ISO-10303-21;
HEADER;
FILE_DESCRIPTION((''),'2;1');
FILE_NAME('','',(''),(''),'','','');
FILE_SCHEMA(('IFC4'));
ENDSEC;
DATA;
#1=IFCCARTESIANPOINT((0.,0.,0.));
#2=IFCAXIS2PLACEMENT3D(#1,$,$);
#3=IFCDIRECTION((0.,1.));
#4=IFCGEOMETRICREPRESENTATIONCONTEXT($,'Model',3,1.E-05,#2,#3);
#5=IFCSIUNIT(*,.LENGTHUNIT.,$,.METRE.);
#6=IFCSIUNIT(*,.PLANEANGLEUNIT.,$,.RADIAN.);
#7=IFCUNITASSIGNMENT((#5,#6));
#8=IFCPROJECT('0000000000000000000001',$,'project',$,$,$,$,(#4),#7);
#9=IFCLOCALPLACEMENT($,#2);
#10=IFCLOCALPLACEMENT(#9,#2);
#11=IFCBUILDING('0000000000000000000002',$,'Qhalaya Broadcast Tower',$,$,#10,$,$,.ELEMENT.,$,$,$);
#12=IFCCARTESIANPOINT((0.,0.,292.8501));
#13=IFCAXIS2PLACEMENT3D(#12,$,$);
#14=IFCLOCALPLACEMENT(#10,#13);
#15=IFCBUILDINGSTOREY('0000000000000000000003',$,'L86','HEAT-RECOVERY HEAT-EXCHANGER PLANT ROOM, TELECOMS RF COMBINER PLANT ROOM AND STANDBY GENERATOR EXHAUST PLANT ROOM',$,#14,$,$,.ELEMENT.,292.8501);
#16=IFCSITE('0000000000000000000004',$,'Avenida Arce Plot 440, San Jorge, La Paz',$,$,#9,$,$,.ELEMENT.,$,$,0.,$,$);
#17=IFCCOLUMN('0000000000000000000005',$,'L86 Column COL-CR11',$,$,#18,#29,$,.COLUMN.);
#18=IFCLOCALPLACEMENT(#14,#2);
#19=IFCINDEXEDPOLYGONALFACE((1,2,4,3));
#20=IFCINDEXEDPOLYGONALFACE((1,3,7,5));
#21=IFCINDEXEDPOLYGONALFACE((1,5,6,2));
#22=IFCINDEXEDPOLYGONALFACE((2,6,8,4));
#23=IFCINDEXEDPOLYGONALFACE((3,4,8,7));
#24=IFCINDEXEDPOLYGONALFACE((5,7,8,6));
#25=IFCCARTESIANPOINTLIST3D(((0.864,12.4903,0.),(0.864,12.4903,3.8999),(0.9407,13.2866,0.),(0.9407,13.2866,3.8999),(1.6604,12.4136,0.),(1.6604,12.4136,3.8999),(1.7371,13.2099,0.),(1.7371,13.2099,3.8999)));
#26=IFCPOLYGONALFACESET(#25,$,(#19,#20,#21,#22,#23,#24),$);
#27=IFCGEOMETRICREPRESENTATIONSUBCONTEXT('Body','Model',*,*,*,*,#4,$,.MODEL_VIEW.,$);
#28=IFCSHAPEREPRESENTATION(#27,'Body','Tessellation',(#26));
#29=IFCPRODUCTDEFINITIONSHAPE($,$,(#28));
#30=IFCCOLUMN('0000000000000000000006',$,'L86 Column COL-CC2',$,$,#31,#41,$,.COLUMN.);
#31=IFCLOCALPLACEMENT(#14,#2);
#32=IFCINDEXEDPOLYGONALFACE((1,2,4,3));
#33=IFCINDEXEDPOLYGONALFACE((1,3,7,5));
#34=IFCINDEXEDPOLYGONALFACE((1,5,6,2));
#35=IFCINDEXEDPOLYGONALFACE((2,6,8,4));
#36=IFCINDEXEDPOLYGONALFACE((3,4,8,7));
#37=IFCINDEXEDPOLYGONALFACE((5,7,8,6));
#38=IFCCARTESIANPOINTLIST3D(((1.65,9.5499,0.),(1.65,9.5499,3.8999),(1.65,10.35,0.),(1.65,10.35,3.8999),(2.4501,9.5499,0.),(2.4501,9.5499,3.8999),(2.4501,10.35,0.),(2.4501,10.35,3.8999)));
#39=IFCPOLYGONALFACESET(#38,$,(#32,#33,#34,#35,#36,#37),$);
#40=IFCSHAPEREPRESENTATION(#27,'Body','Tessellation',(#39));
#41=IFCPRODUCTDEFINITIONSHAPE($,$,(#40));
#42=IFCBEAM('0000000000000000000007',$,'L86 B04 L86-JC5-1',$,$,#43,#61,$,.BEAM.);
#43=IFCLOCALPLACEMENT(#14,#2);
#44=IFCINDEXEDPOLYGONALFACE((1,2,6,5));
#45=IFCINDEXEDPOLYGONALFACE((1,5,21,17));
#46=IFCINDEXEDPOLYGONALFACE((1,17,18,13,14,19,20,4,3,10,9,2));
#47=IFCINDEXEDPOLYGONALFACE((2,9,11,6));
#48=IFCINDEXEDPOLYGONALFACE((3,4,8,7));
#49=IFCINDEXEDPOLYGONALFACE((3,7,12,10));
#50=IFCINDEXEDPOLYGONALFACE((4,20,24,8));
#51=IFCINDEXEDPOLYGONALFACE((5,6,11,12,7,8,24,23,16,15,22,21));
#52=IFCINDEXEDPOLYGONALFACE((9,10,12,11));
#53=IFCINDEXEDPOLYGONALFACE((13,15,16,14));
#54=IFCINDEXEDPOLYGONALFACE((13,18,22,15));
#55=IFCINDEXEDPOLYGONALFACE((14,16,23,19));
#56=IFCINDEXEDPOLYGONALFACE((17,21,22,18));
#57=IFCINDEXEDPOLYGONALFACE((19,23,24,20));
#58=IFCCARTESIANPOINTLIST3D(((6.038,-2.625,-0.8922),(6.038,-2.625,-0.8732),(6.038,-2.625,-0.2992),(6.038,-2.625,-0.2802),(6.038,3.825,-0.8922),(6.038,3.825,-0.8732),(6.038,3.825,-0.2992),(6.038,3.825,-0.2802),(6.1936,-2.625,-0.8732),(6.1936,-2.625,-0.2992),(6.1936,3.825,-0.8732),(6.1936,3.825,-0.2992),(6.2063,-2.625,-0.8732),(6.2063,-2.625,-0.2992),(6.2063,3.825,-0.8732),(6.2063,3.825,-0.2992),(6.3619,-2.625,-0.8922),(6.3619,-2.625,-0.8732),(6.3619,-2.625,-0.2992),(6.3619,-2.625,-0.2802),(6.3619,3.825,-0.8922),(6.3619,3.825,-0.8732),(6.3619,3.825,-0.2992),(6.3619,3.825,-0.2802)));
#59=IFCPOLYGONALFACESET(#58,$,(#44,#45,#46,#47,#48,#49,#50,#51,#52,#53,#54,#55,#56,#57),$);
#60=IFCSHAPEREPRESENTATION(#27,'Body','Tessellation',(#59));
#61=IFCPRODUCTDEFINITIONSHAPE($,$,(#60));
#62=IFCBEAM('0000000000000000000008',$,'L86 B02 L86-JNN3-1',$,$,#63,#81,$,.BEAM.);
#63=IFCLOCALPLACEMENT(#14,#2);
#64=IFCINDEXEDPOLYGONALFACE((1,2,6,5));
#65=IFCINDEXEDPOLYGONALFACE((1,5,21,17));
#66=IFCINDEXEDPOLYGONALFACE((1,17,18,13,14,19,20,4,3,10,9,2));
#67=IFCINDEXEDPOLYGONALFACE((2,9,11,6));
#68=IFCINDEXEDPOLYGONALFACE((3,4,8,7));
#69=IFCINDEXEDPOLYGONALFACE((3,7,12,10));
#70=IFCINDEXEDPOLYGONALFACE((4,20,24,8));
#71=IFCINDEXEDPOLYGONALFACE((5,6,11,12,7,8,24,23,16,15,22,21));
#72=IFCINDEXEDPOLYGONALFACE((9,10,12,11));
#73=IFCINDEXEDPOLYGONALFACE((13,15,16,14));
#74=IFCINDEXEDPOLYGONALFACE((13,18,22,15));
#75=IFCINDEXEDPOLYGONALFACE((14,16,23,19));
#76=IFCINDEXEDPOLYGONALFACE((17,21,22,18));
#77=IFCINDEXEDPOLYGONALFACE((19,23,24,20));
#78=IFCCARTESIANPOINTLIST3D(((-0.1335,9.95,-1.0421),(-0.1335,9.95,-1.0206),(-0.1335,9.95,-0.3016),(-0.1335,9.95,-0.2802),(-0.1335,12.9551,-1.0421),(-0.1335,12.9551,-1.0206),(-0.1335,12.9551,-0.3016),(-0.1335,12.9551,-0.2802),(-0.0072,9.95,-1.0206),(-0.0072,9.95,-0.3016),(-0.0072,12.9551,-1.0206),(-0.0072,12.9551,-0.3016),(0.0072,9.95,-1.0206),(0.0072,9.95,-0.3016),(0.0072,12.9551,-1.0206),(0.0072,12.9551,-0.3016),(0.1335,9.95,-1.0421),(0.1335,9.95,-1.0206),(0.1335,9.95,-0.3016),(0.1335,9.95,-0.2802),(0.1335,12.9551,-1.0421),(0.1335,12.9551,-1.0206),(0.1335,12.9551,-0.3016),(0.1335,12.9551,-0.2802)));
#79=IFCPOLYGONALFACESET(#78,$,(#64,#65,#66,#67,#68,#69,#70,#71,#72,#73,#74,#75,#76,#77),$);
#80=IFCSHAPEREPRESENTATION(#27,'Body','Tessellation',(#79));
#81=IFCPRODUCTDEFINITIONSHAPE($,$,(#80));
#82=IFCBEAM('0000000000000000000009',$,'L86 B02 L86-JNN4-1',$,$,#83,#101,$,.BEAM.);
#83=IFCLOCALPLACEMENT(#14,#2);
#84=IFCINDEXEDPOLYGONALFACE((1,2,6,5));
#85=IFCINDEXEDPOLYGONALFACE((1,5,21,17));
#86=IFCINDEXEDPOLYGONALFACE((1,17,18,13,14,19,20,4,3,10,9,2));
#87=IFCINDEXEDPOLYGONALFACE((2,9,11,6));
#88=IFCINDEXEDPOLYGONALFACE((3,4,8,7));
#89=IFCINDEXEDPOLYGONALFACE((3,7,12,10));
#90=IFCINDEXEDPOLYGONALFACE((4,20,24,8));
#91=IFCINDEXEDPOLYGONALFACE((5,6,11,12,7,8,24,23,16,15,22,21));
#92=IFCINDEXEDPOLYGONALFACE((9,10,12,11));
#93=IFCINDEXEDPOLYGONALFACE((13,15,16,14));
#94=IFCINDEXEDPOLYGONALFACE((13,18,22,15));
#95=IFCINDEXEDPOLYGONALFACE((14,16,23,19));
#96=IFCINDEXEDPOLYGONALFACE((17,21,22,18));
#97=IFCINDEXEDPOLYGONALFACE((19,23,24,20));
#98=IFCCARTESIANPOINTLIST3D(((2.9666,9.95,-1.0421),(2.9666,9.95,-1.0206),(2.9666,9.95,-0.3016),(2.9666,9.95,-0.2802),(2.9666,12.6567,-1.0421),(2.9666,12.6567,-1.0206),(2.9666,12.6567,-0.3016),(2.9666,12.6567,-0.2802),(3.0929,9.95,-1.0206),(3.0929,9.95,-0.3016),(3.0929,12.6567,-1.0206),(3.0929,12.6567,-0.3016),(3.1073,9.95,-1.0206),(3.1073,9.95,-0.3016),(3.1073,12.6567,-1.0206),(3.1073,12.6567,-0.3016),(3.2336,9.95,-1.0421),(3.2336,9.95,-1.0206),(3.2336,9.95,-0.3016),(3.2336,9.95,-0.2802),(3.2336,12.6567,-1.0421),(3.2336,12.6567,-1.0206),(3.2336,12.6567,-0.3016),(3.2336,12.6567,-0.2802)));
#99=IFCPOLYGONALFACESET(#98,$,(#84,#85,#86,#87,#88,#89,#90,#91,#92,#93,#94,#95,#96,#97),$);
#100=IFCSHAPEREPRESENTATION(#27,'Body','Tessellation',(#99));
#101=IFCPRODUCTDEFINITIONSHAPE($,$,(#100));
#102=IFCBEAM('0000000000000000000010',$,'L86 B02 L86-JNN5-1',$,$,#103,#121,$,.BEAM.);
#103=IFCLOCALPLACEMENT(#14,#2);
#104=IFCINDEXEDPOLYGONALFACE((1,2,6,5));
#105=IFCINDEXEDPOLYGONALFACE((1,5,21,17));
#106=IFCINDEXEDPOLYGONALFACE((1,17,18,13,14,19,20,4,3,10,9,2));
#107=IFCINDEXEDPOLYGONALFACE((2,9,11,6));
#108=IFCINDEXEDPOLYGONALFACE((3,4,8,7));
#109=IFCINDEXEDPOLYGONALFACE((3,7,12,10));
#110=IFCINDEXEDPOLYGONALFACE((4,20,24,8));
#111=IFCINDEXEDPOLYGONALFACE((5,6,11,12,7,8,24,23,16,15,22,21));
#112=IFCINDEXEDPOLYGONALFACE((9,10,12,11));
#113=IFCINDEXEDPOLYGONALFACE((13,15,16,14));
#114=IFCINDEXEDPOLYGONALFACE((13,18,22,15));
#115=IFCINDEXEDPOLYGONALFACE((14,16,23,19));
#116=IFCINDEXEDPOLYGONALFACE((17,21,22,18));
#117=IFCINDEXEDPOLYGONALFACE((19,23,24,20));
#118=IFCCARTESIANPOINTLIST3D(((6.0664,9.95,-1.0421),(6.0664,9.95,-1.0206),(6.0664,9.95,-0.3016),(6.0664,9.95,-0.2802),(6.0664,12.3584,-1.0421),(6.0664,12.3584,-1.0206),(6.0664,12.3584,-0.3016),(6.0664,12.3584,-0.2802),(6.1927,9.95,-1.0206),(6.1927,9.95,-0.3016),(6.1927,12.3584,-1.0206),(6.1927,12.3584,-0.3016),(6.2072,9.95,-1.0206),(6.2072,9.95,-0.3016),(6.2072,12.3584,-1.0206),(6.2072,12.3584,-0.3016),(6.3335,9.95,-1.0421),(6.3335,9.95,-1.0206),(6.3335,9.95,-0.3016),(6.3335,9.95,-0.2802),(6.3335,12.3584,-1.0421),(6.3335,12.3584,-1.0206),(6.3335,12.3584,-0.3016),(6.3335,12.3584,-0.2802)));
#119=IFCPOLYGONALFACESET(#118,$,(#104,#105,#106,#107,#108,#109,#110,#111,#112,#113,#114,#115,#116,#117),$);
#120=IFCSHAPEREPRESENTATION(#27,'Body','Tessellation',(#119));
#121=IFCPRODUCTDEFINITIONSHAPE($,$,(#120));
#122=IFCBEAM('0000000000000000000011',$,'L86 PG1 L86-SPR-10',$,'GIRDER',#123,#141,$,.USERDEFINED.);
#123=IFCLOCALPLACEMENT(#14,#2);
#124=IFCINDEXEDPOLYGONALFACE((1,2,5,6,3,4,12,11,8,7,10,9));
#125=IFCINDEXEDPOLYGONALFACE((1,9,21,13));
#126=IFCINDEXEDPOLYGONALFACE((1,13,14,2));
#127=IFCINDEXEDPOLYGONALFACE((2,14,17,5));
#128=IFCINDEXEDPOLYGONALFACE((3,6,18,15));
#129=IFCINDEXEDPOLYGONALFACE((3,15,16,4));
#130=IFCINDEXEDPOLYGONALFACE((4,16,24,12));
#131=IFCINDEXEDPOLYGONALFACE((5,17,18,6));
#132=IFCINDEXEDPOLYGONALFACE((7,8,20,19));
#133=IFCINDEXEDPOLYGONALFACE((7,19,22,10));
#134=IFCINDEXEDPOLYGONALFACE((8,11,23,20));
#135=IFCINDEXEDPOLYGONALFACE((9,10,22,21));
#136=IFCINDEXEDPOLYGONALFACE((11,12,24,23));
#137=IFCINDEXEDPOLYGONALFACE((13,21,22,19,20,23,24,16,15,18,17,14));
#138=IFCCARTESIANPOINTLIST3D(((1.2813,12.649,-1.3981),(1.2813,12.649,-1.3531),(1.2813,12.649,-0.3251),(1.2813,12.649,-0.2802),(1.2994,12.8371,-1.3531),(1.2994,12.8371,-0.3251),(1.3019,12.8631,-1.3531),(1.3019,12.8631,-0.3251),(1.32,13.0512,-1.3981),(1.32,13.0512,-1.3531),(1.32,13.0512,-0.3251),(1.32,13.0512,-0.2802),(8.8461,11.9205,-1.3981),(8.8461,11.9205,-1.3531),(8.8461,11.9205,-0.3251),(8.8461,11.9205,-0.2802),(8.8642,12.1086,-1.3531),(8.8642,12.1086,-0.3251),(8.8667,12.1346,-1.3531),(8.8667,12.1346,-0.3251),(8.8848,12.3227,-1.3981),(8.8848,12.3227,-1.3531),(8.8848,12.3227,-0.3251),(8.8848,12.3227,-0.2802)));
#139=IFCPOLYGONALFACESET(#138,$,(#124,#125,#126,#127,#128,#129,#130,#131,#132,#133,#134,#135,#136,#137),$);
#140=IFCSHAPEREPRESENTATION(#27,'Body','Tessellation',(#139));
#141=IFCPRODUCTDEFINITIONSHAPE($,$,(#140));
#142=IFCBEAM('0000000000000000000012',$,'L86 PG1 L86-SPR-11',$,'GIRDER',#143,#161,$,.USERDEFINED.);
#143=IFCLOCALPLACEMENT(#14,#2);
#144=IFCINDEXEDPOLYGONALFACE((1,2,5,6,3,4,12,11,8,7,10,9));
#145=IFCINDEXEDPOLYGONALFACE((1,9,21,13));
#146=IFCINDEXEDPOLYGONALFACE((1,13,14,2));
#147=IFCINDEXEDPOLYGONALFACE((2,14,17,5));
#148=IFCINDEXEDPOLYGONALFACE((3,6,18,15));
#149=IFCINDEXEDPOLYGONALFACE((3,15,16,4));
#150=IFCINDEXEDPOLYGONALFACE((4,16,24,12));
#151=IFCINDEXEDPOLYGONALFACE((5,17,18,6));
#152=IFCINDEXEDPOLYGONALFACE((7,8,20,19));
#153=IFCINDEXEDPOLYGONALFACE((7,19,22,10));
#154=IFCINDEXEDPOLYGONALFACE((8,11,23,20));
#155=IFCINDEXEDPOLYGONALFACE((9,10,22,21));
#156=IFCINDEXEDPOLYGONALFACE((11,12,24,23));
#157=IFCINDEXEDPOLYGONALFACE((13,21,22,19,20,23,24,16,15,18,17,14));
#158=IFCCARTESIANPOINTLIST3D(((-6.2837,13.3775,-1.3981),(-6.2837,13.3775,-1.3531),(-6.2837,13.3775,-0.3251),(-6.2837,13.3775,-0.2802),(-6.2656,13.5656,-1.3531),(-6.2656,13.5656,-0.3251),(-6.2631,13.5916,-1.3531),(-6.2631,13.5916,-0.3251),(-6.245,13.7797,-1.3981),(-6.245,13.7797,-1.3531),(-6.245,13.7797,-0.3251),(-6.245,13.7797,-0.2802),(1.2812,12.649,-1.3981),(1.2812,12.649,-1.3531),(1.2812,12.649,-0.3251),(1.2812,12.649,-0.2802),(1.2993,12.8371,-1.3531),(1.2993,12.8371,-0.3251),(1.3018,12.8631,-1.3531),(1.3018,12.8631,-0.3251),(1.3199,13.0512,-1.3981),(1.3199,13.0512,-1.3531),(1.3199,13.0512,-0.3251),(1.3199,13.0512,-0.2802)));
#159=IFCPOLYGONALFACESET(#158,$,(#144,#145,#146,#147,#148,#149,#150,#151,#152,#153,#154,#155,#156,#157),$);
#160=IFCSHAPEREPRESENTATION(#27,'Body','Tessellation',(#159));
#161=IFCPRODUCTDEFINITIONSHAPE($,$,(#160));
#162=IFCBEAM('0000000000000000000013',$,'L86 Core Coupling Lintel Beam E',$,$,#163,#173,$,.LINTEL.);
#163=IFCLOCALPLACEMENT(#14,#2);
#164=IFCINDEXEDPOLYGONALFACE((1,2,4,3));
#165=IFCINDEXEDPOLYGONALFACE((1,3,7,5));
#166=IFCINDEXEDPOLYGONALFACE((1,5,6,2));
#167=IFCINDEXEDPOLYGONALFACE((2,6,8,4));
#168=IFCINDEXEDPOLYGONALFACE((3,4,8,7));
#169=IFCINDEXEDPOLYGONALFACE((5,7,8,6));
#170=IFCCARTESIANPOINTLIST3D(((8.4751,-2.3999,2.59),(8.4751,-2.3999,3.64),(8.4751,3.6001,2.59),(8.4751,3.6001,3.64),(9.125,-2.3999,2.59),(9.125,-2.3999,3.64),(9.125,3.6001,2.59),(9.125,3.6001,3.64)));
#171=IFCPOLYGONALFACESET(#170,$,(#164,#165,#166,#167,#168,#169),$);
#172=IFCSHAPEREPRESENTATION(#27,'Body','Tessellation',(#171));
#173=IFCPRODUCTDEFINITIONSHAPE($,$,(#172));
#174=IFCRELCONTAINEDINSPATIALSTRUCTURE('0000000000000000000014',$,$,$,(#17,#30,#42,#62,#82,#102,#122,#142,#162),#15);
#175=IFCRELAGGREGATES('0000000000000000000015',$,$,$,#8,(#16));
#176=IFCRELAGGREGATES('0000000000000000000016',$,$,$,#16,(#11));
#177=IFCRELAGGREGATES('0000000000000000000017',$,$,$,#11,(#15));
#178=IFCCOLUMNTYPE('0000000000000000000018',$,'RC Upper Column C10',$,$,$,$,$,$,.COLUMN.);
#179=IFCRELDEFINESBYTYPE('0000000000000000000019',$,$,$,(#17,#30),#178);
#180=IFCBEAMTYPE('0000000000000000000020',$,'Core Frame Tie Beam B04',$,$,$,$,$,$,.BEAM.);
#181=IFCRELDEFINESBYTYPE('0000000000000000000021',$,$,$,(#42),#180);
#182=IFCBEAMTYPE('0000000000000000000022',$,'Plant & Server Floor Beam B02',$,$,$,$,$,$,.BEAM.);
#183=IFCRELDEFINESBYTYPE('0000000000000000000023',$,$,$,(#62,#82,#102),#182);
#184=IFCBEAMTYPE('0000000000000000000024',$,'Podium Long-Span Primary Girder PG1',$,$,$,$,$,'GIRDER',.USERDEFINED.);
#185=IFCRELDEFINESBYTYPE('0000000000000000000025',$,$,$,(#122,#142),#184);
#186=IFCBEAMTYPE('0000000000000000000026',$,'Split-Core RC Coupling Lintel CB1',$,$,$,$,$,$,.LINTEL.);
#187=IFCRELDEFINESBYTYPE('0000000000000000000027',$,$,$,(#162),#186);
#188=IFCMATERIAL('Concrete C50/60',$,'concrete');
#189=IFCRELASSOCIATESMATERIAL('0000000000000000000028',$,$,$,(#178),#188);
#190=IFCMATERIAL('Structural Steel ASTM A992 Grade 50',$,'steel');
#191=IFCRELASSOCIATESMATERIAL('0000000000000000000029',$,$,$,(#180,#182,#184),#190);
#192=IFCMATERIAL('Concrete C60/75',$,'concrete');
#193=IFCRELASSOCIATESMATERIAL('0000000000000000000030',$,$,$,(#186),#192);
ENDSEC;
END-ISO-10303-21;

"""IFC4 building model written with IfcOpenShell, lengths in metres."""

from ifc_helpers import new_model, si_unit, direction, frame, origin, origin_2d, place, context, subcontext, project, spatial, rectangle, i_section, extrude, material, material_profile, profile_set, type_object, element, save


model = new_model("IFC4")

# Units and contexts
model_context = context("Model", 3, precision=1e-05, world=origin(), true_north=direction((0.0, 1.0)))
body_context = subcontext(model_context, "Body", "Model", "MODEL_VIEW")
ifc_project = project(units=[si_unit("LENGTHUNIT", "METRE"), si_unit("PLANEANGLEUNIT", "RADIAN")], contexts=[model_context])

# Site, building, storey
site_placement = place(None, origin())
site = spatial("IfcSite", under=ifc_project, at=site_placement, Name="Avenida Arce Plot 440, San Jorge, La Paz", CompositionType="ELEMENT", RefElevation=0.0)
building_placement = place(site_placement, origin())
building = spatial("IfcBuilding", under=site, at=building_placement, Name="Qhalaya Broadcast Tower", CompositionType="ELEMENT")
storey_placement = place(building_placement, frame((0.0, 0.0, 292.8501)))
storey = spatial("IfcBuildingStorey", under=building, at=storey_placement, Name="L86", Description="HEAT-RECOVERY HEAT-EXCHANGER PLANT ROOM, TELECOMS RF COMBINER PLANT ROOM AND STANDBY GENERATOR EXHAUST PLANT ROOM", CompositionType="ELEMENT", Elevation=292.8501)

# Columns
ifc_material_1 = material(Name="Concrete C50/60", Category="concrete")
ifc_material_profile_1 = material_profile(ifc_material_1, rectangle(XDim=0.8, YDim=0.8, at=origin_2d()), Name="RC-COL 800x800")
ifc_profile_set_1 = profile_set([ifc_material_profile_1], Name="Concrete C50/60")
column_type = type_object("IfcColumnType", Name="RC Upper Column C10", PredefinedType="COLUMN", material=ifc_profile_set_1)
for number, where, z_axis, x_axis, name in (
    (1, (1.3005, 12.8501, 0.0), (0.0, 0.0, 1.0), (0.995396, -0.095846, 0.0), "L86 Column COL-CR11"),
    (2, (2.05, 9.95, 0.0), (0.0, 0.0, 1.0), (1.0, 0.0, 0.0), "L86 Column COL-CC2"),
):
    element("IfcColumn", number, at=place(storey_placement, frame(where, z_axis=z_axis, x_axis=x_axis)), inside=storey, type_object=column_type, Name=name, PredefinedType="COLUMN", context=body_context, shape_type="SweptSolid", body=[
        extrude(rectangle(XDim=0.8, YDim=0.8, at=origin_2d()), origin(), (0.0, 0.0, 1.0), 3.8999),
    ])

# Beams
ifc_material_2 = material(Name="Structural Steel ASTM A992 Grade 50", Category="steel")
ifc_material_profile_2 = material_profile(ifc_material_2, i_section(OverallWidth=0.324, OverallDepth=0.6121, WebThickness=0.0127, FlangeThickness=0.019, at=origin_2d()), Name="W24X104")
ifc_profile_set_2 = profile_set([ifc_material_profile_2], Name="Structural Steel ASTM A992 Grade 50")
beam_type_1 = type_object("IfcBeamType", Name="Core Frame Tie Beam B04", PredefinedType="BEAM", material=ifc_profile_set_2)
beam_1_placement = place(storey_placement, frame((6.2, -2.625, -0.5862), z_axis=(0.0, 1.0, 0.0), x_axis=(-1.0, 0.0, 0.0)))
element("IfcBeam", 3, at=beam_1_placement, inside=storey, type_object=beam_type_1, Name="L86 B04 L86-JC5-1", PredefinedType="BEAM", context=body_context, shape_type="SweptSolid", body=[
    extrude(i_section(OverallWidth=0.324, OverallDepth=0.6121, WebThickness=0.0127, FlangeThickness=0.019, at=origin_2d()), origin(), (0.0, 0.0, 1.0), 6.45),
])
ifc_material_profile_3 = material_profile(ifc_material_2, i_section(OverallWidth=0.2671, OverallDepth=0.762, WebThickness=0.0144, FlangeThickness=0.0215, at=origin_2d()), Name="W30X116")
ifc_profile_set_3 = profile_set([ifc_material_profile_3], Name="Structural Steel ASTM A992 Grade 50")
beam_type_2 = type_object("IfcBeamType", Name="Plant & Server Floor Beam B02", PredefinedType="BEAM", material=ifc_profile_set_3)
beam_2_placement = place(storey_placement, frame((0.0, 9.95, -0.6611), z_axis=(0.0, 1.0, 0.0), x_axis=(-1.0, 0.0, 0.0)))
element("IfcBeam", 4, at=beam_2_placement, inside=storey, type_object=beam_type_2, Name="L86 B02 L86-JNN3-1", PredefinedType="BEAM", context=body_context, shape_type="SweptSolid", body=[
    extrude(i_section(OverallWidth=0.2671, OverallDepth=0.762, WebThickness=0.0144, FlangeThickness=0.0215, at=origin_2d()), origin(), (0.0, 0.0, 1.0), 3.0051),
])
beam_3_placement = place(storey_placement, frame((3.1001, 9.95, -0.6611), z_axis=(0.0, 1.0, 0.0), x_axis=(-1.0, 0.0, 0.0)))
element("IfcBeam", 5, at=beam_3_placement, inside=storey, type_object=beam_type_2, Name="L86 B02 L86-JNN4-1", PredefinedType="BEAM", context=body_context, shape_type="SweptSolid", body=[
    extrude(i_section(OverallWidth=0.2671, OverallDepth=0.762, WebThickness=0.0144, FlangeThickness=0.0215, at=origin_2d()), origin(), (0.0, 0.0, 1.0), 2.7068),
])
beam_4_placement = place(storey_placement, frame((6.2, 9.95, -0.6611), z_axis=(0.0, 1.0, 0.0), x_axis=(-1.0, 0.0, 0.0)))
element("IfcBeam", 6, at=beam_4_placement, inside=storey, type_object=beam_type_2, Name="L86 B02 L86-JNN5-1", PredefinedType="BEAM", context=body_context, shape_type="SweptSolid", body=[
    extrude(i_section(OverallWidth=0.2671, OverallDepth=0.762, WebThickness=0.0144, FlangeThickness=0.0215, at=origin_2d()), origin(), (0.0, 0.0, 1.0), 2.4084),
])
ifc_material_profile_4 = material_profile(ifc_material_2, i_section(OverallWidth=0.4041, OverallDepth=1.1179, WebThickness=0.0261, FlangeThickness=0.0449, at=origin_2d()), Name="W44X335")
ifc_profile_set_4 = profile_set([ifc_material_profile_4], Name="Structural Steel ASTM A992 Grade 50")
beam_type_3 = type_object("IfcBeamType", Name="Podium Long-Span Primary Girder PG1", ElementType="GIRDER", PredefinedType="USERDEFINED", material=ifc_profile_set_4)
for number, where, z_axis, x_axis, name in (
    (7, (8.8655, 12.1216, -0.8391), (-0.995395, 0.095858, 0.0), (-0.095858, -0.995395, 0.0), "L86 PG1 L86-SPR-10"),
    (8, (1.3005, 12.8501, -0.8391), (-0.995395, 0.095858, 0.0), (-0.095858, -0.995395, 0.0), "L86 PG1 L86-SPR-11"),
):
    element("IfcBeam", number, at=place(storey_placement, frame(where, z_axis=z_axis, x_axis=x_axis)), inside=storey, type_object=beam_type_3, Name=name, ObjectType="GIRDER", PredefinedType="USERDEFINED", context=body_context, shape_type="SweptSolid", body=[
        extrude(i_section(OverallWidth=0.4041, OverallDepth=1.1179, WebThickness=0.0261, FlangeThickness=0.0449, at=origin_2d()), origin(), (0.0, 0.0, 1.0), 7.5999),
    ])
ifc_material_3 = material(Name="Concrete C60/75", Category="concrete")
ifc_material_profile_5 = material_profile(ifc_material_3, rectangle(XDim=0.6499, YDim=1.05, at=origin_2d()), Name="RC-CB 650x1050")
ifc_profile_set_5 = profile_set([ifc_material_profile_5], Name="Concrete C60/75")
beam_type_4 = type_object("IfcBeamType", Name="Split-Core RC Coupling Lintel CB1", PredefinedType="LINTEL", material=ifc_profile_set_5)
beam_5_placement = place(storey_placement, frame((8.8, -2.3999, 3.115), z_axis=(0.0, 1.0, 0.0), x_axis=(-1.0, 0.0, 0.0)))
element("IfcBeam", 9, at=beam_5_placement, inside=storey, type_object=beam_type_4, Name="L86 Core Coupling Lintel Beam E", PredefinedType="LINTEL", context=body_context, shape_type="SweptSolid", body=[
    extrude(rectangle(XDim=0.6499, YDim=1.05, at=origin_2d()), origin(), (0.0, 0.0, 1.0), 6.0),
])

save(model, "model.ifc")
